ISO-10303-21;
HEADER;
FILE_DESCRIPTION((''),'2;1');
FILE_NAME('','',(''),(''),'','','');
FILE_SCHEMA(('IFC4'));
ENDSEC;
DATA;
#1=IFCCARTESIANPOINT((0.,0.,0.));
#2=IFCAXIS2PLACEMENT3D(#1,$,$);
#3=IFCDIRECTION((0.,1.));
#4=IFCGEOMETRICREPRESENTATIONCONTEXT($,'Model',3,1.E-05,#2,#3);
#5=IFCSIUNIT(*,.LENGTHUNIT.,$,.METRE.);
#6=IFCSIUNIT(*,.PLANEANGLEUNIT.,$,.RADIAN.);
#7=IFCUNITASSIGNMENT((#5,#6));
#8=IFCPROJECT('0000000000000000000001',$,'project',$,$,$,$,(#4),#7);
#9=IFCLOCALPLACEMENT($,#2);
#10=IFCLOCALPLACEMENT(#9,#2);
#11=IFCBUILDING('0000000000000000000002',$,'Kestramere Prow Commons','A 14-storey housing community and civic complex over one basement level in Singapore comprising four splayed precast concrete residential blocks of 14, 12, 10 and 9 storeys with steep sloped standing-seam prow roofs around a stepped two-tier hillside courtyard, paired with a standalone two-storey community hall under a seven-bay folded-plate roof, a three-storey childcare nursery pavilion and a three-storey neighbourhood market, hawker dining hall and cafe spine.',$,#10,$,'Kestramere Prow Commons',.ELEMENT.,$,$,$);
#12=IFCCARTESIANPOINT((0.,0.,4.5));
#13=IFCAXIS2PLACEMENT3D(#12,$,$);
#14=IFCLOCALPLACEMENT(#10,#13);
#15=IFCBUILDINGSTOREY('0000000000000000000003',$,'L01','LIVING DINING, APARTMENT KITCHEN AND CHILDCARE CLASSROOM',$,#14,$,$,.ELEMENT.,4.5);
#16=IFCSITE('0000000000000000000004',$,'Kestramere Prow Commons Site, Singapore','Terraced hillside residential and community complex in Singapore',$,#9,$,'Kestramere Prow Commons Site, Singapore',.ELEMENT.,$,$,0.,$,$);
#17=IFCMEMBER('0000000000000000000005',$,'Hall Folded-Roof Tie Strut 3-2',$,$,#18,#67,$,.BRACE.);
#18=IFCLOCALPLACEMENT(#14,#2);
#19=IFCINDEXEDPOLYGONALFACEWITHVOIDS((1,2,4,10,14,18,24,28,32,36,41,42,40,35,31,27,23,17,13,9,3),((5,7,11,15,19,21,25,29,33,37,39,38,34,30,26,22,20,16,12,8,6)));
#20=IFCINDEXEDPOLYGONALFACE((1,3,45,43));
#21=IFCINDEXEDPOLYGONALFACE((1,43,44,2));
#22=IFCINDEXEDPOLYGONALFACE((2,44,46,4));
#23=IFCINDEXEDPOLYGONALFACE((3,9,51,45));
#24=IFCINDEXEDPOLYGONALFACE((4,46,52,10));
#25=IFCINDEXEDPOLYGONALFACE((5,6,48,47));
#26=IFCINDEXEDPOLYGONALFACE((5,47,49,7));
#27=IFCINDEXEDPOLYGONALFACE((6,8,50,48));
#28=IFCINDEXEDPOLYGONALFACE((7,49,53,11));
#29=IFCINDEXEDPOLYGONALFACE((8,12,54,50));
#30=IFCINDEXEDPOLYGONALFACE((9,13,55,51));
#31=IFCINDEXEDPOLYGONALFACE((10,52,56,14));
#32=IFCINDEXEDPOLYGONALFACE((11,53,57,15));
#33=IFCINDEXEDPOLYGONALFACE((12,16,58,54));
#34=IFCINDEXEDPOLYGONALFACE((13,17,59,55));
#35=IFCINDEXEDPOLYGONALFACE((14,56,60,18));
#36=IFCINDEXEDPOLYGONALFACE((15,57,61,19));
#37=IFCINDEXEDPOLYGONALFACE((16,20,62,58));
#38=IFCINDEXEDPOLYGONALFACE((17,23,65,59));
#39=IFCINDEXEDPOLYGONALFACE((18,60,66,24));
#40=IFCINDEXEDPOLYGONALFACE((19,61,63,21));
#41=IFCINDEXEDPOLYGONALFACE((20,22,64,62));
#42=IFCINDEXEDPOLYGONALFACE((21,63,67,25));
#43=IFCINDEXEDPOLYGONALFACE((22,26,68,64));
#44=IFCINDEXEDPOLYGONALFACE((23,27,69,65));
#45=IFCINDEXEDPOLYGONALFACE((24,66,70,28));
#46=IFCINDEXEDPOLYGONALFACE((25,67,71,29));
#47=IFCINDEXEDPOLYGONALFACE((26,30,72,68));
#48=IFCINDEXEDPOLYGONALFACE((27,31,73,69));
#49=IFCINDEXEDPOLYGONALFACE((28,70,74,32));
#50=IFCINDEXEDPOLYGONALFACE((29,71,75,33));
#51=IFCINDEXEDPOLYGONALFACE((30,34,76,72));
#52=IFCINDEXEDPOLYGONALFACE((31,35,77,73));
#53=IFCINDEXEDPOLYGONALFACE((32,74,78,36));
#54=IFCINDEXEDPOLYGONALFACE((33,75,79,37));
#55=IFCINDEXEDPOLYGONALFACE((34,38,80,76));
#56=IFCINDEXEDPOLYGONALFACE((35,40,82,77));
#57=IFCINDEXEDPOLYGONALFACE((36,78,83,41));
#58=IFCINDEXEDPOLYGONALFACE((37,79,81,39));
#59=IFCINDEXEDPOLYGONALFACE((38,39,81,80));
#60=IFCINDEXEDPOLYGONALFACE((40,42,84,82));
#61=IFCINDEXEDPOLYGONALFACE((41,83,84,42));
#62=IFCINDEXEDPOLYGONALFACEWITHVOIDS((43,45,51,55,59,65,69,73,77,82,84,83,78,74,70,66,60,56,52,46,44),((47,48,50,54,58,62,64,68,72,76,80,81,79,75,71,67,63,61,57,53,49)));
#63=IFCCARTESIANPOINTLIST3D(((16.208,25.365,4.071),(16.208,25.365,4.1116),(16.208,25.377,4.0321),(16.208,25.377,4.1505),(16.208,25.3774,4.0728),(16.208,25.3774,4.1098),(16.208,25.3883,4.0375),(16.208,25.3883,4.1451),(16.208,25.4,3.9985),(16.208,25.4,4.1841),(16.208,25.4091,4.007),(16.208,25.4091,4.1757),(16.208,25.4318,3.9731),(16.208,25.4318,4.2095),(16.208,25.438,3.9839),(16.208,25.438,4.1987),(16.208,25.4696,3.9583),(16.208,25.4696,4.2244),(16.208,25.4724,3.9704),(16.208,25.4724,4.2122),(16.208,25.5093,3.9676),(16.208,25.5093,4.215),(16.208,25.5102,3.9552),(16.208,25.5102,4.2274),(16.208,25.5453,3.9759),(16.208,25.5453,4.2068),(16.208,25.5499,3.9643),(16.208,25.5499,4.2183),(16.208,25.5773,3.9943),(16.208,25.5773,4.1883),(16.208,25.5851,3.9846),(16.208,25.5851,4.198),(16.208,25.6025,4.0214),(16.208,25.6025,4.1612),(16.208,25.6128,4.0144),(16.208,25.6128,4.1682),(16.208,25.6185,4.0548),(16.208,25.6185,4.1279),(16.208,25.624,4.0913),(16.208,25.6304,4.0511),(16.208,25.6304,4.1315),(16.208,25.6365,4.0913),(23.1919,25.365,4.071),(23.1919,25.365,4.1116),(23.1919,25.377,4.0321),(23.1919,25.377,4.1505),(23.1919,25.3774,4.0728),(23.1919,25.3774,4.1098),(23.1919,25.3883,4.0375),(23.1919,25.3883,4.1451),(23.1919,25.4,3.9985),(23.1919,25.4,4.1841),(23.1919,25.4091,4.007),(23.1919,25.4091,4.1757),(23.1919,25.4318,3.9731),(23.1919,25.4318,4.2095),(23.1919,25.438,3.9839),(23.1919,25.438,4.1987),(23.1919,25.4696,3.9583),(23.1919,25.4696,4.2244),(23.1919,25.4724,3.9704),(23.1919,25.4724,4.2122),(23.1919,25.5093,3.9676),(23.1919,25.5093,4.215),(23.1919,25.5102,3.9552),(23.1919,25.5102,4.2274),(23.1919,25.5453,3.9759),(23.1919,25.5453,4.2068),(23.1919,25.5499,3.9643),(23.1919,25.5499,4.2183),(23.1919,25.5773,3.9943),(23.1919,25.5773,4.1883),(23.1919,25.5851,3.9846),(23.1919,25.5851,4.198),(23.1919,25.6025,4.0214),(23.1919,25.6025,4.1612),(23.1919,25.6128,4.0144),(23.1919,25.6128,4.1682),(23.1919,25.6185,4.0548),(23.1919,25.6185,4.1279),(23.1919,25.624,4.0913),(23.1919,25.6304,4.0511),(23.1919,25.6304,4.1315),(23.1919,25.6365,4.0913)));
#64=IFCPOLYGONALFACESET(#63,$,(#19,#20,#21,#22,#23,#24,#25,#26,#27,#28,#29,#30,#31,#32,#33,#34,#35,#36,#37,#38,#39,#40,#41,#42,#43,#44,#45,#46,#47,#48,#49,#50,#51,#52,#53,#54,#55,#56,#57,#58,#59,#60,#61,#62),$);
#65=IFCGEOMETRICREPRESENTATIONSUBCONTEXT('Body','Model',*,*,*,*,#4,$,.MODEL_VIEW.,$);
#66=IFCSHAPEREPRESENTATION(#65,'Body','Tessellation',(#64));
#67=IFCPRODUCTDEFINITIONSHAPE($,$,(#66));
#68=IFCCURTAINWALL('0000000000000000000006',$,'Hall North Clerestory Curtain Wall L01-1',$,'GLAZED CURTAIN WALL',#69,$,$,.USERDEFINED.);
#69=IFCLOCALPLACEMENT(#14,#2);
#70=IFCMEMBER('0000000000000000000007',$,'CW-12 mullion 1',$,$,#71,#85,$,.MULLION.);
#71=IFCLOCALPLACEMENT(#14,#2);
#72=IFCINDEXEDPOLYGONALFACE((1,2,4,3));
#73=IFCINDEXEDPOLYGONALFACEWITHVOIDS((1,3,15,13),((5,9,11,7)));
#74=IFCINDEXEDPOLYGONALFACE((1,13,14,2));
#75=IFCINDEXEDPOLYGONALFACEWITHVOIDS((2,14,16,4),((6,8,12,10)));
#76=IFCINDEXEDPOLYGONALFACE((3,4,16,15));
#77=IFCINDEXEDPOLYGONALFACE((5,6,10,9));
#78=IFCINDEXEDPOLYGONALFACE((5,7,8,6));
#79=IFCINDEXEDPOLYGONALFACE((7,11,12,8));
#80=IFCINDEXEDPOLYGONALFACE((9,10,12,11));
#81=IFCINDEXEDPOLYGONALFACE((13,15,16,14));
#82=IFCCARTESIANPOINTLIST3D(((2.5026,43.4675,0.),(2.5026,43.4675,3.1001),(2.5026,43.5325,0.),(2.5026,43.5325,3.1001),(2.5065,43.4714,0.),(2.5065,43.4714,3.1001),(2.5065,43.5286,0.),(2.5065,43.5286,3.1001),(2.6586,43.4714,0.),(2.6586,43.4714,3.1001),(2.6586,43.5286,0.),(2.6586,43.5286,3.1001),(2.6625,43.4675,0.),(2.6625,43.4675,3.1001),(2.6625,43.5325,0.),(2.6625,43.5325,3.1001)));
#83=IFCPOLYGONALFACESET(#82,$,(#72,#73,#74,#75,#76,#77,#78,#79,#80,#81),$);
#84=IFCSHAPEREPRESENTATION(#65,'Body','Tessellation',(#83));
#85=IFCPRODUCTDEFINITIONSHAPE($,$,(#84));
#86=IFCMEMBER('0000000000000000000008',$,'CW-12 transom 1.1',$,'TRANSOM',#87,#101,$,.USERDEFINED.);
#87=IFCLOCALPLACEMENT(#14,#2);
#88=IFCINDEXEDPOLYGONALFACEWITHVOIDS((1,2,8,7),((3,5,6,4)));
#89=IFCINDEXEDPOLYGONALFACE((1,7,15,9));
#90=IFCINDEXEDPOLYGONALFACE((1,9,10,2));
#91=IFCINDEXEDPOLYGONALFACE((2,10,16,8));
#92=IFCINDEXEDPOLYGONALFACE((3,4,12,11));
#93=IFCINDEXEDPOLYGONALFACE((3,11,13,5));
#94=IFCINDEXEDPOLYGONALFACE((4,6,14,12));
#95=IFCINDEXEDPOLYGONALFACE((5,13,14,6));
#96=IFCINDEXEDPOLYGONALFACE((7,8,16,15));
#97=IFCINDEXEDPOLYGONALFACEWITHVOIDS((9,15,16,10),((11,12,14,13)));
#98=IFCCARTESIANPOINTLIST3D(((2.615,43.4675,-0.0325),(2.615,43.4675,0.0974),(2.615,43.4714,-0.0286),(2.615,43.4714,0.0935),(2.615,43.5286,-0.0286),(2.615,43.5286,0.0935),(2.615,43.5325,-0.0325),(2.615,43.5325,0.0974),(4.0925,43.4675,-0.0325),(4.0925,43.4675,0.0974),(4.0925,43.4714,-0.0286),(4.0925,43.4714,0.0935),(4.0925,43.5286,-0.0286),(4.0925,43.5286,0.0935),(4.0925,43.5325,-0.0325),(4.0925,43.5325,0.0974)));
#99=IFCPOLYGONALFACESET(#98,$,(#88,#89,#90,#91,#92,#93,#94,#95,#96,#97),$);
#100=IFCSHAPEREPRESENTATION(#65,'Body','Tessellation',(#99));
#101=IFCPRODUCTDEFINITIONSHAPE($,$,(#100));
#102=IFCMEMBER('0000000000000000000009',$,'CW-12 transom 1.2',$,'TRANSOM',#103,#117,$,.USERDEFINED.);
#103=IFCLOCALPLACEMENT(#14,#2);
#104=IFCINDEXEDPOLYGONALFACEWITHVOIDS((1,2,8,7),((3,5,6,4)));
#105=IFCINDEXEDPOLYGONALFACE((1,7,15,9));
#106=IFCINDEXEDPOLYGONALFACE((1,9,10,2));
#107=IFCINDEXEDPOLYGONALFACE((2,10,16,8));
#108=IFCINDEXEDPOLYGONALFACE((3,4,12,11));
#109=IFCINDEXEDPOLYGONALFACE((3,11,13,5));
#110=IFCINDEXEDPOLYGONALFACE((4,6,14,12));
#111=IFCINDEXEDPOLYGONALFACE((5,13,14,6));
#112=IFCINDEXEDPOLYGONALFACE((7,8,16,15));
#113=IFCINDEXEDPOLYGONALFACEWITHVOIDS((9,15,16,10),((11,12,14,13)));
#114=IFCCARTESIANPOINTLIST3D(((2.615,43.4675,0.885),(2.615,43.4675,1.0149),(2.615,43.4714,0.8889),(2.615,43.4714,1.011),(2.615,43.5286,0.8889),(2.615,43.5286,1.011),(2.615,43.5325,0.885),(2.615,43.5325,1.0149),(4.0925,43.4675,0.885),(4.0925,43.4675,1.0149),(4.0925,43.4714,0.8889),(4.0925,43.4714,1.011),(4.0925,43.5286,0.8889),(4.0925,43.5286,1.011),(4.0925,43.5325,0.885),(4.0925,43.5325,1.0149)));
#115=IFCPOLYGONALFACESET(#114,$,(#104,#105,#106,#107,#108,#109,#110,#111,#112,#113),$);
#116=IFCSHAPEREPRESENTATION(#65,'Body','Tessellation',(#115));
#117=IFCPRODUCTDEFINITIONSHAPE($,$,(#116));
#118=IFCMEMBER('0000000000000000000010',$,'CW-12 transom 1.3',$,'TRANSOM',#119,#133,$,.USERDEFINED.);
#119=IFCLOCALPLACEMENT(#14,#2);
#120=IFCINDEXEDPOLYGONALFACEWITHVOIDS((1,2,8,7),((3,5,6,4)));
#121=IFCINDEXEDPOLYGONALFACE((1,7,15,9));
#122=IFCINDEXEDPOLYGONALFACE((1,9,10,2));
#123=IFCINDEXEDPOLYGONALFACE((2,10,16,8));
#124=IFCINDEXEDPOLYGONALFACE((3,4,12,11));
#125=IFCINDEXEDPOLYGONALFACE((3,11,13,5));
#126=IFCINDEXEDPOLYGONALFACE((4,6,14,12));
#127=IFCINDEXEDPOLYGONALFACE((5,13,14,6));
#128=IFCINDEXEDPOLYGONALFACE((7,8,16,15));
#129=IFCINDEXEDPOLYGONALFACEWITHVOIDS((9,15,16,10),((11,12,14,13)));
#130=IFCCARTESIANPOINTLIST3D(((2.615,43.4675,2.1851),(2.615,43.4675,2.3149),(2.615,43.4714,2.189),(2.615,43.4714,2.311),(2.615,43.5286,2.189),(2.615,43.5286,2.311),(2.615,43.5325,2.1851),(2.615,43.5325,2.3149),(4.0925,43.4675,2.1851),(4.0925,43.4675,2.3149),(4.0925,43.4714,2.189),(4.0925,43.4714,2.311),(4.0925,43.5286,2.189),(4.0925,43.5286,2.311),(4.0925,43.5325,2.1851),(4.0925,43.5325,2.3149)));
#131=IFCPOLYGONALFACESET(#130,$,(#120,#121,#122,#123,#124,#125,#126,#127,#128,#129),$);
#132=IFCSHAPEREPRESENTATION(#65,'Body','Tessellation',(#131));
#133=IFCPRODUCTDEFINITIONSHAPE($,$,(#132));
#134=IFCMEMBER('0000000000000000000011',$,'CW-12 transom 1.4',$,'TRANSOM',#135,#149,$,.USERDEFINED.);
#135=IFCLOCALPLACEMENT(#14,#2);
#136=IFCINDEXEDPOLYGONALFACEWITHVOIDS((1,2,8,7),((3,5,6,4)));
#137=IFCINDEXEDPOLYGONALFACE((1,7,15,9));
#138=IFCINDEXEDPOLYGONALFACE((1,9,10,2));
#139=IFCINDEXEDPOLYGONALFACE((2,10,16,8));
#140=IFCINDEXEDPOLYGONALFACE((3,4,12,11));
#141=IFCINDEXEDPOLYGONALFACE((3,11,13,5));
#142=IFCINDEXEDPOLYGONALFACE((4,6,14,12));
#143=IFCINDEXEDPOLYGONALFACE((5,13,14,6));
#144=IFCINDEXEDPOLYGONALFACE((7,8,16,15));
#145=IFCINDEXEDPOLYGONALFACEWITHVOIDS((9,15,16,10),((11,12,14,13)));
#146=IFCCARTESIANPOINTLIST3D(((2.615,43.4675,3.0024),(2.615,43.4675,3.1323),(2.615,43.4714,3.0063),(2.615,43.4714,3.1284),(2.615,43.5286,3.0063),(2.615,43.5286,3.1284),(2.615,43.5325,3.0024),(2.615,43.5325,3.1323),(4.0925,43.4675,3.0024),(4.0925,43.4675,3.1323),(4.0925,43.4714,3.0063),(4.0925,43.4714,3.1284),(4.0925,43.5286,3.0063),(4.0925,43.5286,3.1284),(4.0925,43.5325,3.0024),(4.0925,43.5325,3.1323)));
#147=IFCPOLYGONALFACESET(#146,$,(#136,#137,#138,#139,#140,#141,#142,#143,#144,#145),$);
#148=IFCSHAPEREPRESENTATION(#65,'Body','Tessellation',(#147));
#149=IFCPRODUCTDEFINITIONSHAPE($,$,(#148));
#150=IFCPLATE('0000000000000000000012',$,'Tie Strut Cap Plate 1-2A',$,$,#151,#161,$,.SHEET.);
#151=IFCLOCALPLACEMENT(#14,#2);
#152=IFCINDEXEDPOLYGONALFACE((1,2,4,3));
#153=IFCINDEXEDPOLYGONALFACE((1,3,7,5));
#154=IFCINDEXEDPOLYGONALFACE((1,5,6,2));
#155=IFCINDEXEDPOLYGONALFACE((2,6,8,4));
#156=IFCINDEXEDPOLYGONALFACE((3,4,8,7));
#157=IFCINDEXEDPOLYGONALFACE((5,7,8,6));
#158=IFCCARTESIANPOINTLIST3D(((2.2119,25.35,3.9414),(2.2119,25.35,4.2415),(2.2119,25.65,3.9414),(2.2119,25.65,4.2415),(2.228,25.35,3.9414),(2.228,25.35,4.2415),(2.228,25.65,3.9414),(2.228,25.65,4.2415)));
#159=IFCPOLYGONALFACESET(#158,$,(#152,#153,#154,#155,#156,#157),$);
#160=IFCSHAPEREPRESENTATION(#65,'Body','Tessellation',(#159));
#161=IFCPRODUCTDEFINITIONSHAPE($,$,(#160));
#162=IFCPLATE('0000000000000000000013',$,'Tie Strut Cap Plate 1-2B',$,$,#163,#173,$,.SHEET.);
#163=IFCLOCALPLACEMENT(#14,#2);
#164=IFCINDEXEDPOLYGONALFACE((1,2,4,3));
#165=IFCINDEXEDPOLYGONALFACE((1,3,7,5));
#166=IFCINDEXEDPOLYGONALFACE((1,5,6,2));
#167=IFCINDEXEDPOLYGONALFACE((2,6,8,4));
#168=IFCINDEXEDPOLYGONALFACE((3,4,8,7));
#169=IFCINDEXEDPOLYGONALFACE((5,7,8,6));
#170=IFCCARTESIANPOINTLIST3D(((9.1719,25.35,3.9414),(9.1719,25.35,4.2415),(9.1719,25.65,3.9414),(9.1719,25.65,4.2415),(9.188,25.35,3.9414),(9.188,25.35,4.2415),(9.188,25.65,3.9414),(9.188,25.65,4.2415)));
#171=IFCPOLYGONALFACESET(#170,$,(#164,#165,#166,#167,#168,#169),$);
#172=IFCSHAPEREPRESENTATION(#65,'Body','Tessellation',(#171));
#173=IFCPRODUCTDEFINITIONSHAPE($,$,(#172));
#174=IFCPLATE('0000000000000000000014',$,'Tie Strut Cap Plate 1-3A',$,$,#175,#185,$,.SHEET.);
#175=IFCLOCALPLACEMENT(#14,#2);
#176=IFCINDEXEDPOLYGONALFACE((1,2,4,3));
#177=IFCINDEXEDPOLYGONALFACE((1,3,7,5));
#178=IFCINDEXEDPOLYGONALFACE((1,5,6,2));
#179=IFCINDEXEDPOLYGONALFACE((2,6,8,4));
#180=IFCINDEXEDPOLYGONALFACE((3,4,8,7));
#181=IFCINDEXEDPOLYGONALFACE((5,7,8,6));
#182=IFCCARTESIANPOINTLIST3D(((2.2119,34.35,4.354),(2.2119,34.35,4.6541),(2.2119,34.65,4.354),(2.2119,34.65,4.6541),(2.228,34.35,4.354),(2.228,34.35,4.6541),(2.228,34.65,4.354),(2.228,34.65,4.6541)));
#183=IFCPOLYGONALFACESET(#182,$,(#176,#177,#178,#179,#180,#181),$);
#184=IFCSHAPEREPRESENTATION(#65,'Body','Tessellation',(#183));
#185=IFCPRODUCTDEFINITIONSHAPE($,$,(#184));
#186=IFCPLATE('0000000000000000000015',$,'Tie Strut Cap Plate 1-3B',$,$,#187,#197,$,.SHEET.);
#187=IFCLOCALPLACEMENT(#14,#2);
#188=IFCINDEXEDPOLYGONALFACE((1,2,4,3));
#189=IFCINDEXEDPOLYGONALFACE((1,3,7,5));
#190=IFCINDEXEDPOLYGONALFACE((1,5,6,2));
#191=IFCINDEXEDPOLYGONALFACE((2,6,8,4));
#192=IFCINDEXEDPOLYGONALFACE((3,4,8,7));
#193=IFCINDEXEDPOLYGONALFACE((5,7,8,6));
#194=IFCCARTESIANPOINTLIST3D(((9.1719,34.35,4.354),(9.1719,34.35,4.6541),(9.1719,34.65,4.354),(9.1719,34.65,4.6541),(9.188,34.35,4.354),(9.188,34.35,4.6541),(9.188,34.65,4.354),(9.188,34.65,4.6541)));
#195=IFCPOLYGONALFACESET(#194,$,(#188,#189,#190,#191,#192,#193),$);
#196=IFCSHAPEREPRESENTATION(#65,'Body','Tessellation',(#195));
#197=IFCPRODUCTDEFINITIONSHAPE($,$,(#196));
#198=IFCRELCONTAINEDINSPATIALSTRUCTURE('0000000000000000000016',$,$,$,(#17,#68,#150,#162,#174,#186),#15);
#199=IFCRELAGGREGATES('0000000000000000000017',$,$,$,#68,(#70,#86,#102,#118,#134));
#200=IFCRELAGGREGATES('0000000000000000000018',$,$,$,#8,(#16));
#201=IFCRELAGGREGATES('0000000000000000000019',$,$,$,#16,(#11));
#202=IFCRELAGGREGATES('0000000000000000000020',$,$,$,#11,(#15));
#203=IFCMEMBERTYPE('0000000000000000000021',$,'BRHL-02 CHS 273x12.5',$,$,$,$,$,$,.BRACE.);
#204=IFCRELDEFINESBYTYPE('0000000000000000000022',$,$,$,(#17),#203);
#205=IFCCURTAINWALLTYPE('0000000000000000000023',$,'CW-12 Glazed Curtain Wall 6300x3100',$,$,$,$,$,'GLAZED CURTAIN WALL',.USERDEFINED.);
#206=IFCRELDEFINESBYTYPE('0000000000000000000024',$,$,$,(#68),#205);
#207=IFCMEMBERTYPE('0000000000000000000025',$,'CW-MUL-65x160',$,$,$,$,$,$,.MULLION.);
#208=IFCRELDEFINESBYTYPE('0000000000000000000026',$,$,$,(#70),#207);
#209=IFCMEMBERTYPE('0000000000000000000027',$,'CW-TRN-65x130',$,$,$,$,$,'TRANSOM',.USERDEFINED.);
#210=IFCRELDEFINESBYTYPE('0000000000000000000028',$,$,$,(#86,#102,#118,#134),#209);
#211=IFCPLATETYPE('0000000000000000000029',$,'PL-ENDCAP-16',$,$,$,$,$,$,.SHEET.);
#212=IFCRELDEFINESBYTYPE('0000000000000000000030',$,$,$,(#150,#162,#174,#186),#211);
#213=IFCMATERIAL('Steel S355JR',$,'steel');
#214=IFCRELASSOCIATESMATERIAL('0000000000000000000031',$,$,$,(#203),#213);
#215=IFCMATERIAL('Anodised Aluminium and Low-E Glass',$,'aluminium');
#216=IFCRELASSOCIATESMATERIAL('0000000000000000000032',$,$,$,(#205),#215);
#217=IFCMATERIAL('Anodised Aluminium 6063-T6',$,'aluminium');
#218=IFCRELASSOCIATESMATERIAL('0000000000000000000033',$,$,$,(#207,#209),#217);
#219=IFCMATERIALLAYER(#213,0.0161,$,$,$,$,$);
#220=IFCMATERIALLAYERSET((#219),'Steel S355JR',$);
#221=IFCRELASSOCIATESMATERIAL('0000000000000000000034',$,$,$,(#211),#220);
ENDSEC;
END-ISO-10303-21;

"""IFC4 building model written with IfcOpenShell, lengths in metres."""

from ifc_helpers import new_model, si_unit, direction, frame, origin, origin_2d, place, context, subcontext, project, spatial, rectangle, hollow_rectangle, hollow_circle, extrude, material, layer, layer_set, material_profile, profile_set, type_object, element, aggregate, save


model = new_model("IFC4")

# Units and contexts
model_context = context("Model", 3, precision=1e-05, world=origin(), true_north=direction((0.0, 1.0)))
body_context = subcontext(model_context, "Body", "Model", "MODEL_VIEW")
ifc_project = project(units=[si_unit("LENGTHUNIT", "METRE"), si_unit("PLANEANGLEUNIT", "RADIAN")], contexts=[model_context])

# Site, building, storey
site_placement = place(None, origin())
site = spatial("IfcSite", under=ifc_project, at=site_placement, Name="Kestramere Prow Commons Site, Singapore", Description="Terraced hillside residential and community complex in Singapore", LongName="Kestramere Prow Commons Site, Singapore", CompositionType="ELEMENT", RefElevation=0.0)
building_placement = place(site_placement, origin())
building = spatial("IfcBuilding", under=site, at=building_placement, Name="Kestramere Prow Commons", Description="A 14-storey housing community and civic complex over one basement level in Singapore comprising four splayed precast concrete residential blocks of 14, 12, 10 and 9 storeys with steep sloped standing-seam prow roofs around a stepped two-tier hillside courtyard, paired with a standalone two-storey community hall under a seven-bay folded-plate roof, a three-storey childcare nursery pavilion and a three-storey neighbourhood market, hawker dining hall and cafe spine.", LongName="Kestramere Prow Commons", CompositionType="ELEMENT")
storey_placement = place(building_placement, frame((0.0, 0.0, 4.5)))
storey = spatial("IfcBuildingStorey", under=building, at=storey_placement, Name="L01", Description="LIVING DINING, APARTMENT KITCHEN AND CHILDCARE CLASSROOM", CompositionType="ELEMENT", Elevation=4.5)

# Shared definitions
ifc_material_1 = material(Name="Steel S355JR", Category="steel")

# Member
ifc_material_profile_1 = material_profile(ifc_material_1, hollow_circle(Radius=0.1365, WallThickness=0.0125, at=origin_2d()), Name="CHS 273x12.5")
ifc_profile_set_1 = profile_set([ifc_material_profile_1], Name="Steel S355JR")
member_type_1 = type_object("IfcMemberType", Name="BRHL-02 CHS 273x12.5", PredefinedType="BRACE", material=ifc_profile_set_1)
for number, where, z_axis, x_axis, name in (
    (1, (16.208, 25.5, 4.0913), (1.0, 0.0, 0.0), (0.0, 1.0, 0.0), "Hall Folded-Roof Tie Strut 3-2"),
):
    element("IfcMember", number, at=place(storey_placement, frame(where, z_axis=z_axis, x_axis=x_axis)), inside=storey, type_object=member_type_1, Name=name, PredefinedType="BRACE", context=body_context, shape_type="SweptSolid", body=[
        extrude(hollow_circle(Radius=0.1365, WallThickness=0.0125, at=origin_2d()), origin(), (0.0, 0.0, 1.0), 6.9839),
    ])

# Curtain wall, members
ifc_material_2 = material(Name="Anodised Aluminium and Low-E Glass", Category="aluminium")
curtain_wall_type = type_object("IfcCurtainWallType", Name="CW-12 Glazed Curtain Wall 6300x3100", ElementType="GLAZED CURTAIN WALL", PredefinedType="USERDEFINED", material=ifc_material_2)
curtain_wall_placement = place(storey_placement, origin())
curtain_wall = element("IfcCurtainWall", 2, at=curtain_wall_placement, inside=storey, type_object=curtain_wall_type, Name="Hall North Clerestory Curtain Wall L01-1", ObjectType="GLAZED CURTAIN WALL", PredefinedType="USERDEFINED")
ifc_material_3 = material(Name="Anodised Aluminium 6063-T6", Category="aluminium")
ifc_material_profile_2 = material_profile(ifc_material_3, hollow_rectangle(XDim=0.0649, YDim=0.1599, WallThickness=0.0039, at=origin_2d()), Name="ALU-MUL 65x160")
ifc_profile_set_2 = profile_set([ifc_material_profile_2], Name="Anodised Aluminium 6063-T6")
member_type_2 = type_object("IfcMemberType", Name="CW-MUL-65x160", PredefinedType="MULLION", material=ifc_profile_set_2)
member_1_placement = place(storey_placement, frame((2.5825, 43.5, 0.0), z_axis=(0.0, 0.0, 1.0), x_axis=(0.0, 1.0, 0.0)))
member_1 = element("IfcMember", 3, at=member_1_placement, type_object=member_type_2, Name="CW-12 mullion 1", PredefinedType="MULLION", context=body_context, shape_type="SweptSolid", body=[
    extrude(hollow_rectangle(XDim=0.0649, YDim=0.1599, WallThickness=0.0039, at=origin_2d()), origin(), (0.0, 0.0, 1.0), 3.1001),
])
ifc_material_profile_3 = material_profile(ifc_material_3, hollow_rectangle(XDim=0.0649, YDim=0.1299, WallThickness=0.0039, at=origin_2d()), Name="ALU-TRN 65x130")
ifc_profile_set_3 = profile_set([ifc_material_profile_3], Name="Anodised Aluminium 6063-T6")
member_type_3 = type_object("IfcMemberType", Name="CW-TRN-65x130", ElementType="TRANSOM", PredefinedType="USERDEFINED", material=ifc_profile_set_3)
member_2_placement = place(storey_placement, frame((2.615, 43.5, 0.0325), z_axis=(1.0, 0.0, 0.0), x_axis=(0.0, 1.0, 0.0)))
member_2 = element("IfcMember", 4, at=member_2_placement, type_object=member_type_3, Name="CW-12 transom 1.1", ObjectType="TRANSOM", PredefinedType="USERDEFINED", context=body_context, shape_type="SweptSolid", body=[
    extrude(hollow_rectangle(XDim=0.0649, YDim=0.1299, WallThickness=0.0039, at=origin_2d()), origin(), (0.0, 0.0, 1.0), 1.4775),
])
member_3_placement = place(storey_placement, frame((2.615, 43.5, 0.95), z_axis=(1.0, 0.0, 0.0), x_axis=(0.0, 1.0, 0.0)))
member_3 = element("IfcMember", 5, at=member_3_placement, type_object=member_type_3, Name="CW-12 transom 1.2", ObjectType="TRANSOM", PredefinedType="USERDEFINED", context=body_context, shape_type="SweptSolid", body=[
    extrude(hollow_rectangle(XDim=0.0649, YDim=0.1299, WallThickness=0.0039, at=origin_2d()), origin(), (0.0, 0.0, 1.0), 1.4775),
])
member_4_placement = place(storey_placement, frame((2.615, 43.5, 2.25), z_axis=(1.0, 0.0, 0.0), x_axis=(0.0, 1.0, 0.0)))
member_4 = element("IfcMember", 6, at=member_4_placement, type_object=member_type_3, Name="CW-12 transom 1.3", ObjectType="TRANSOM", PredefinedType="USERDEFINED", context=body_context, shape_type="SweptSolid", body=[
    extrude(hollow_rectangle(XDim=0.0649, YDim=0.1299, WallThickness=0.0039, at=origin_2d()), origin(), (0.0, 0.0, 1.0), 1.4775),
])
member_5_placement = place(storey_placement, frame((2.615, 43.5, 3.0674), z_axis=(1.0, 0.0, 0.0), x_axis=(0.0, 1.0, 0.0)))
member_5 = element("IfcMember", 7, at=member_5_placement, type_object=member_type_3, Name="CW-12 transom 1.4", ObjectType="TRANSOM", PredefinedType="USERDEFINED", context=body_context, shape_type="SweptSolid", body=[
    extrude(hollow_rectangle(XDim=0.0649, YDim=0.1299, WallThickness=0.0039, at=origin_2d()), origin(), (0.0, 0.0, 1.0), 1.4775),
])
aggregate(curtain_wall, [member_1, member_2, member_3, member_4, member_5])

# Plates
ifc_layer = layer(ifc_material_1, 0.0161)
ifc_layer_set = layer_set([ifc_layer], Name="Steel S355JR")
plate_type = type_object("IfcPlateType", Name="PL-ENDCAP-16", PredefinedType="SHEET", material=ifc_layer_set)
for number, where, z_axis, x_axis, name in (
    (8, (2.22, 25.5, 3.9414), (0.0, 0.0, 1.0), (1.0, 0.0, 0.0), "Tie Strut Cap Plate 1-2A"),
    (9, (9.1799, 25.5, 3.9414), (0.0, 0.0, 1.0), (1.0, 0.0, 0.0), "Tie Strut Cap Plate 1-2B"),
    (10, (2.22, 34.5, 4.354), (0.0, 0.0, 1.0), (1.0, 0.0, 0.0), "Tie Strut Cap Plate 1-3A"),
    (11, (9.1799, 34.5, 4.354), (0.0, 0.0, 1.0), (1.0, 0.0, 0.0), "Tie Strut Cap Plate 1-3B"),
):
    element("IfcPlate", number, at=place(storey_placement, frame(where, z_axis=z_axis, x_axis=x_axis)), inside=storey, type_object=plate_type, Name=name, PredefinedType="SHEET", context=body_context, shape_type="SweptSolid", body=[
        extrude(rectangle(XDim=0.0161, YDim=0.3, at=origin_2d()), origin(), (0.0, 0.0, 1.0), 0.3),
    ])

save(model, "model.ifc")
